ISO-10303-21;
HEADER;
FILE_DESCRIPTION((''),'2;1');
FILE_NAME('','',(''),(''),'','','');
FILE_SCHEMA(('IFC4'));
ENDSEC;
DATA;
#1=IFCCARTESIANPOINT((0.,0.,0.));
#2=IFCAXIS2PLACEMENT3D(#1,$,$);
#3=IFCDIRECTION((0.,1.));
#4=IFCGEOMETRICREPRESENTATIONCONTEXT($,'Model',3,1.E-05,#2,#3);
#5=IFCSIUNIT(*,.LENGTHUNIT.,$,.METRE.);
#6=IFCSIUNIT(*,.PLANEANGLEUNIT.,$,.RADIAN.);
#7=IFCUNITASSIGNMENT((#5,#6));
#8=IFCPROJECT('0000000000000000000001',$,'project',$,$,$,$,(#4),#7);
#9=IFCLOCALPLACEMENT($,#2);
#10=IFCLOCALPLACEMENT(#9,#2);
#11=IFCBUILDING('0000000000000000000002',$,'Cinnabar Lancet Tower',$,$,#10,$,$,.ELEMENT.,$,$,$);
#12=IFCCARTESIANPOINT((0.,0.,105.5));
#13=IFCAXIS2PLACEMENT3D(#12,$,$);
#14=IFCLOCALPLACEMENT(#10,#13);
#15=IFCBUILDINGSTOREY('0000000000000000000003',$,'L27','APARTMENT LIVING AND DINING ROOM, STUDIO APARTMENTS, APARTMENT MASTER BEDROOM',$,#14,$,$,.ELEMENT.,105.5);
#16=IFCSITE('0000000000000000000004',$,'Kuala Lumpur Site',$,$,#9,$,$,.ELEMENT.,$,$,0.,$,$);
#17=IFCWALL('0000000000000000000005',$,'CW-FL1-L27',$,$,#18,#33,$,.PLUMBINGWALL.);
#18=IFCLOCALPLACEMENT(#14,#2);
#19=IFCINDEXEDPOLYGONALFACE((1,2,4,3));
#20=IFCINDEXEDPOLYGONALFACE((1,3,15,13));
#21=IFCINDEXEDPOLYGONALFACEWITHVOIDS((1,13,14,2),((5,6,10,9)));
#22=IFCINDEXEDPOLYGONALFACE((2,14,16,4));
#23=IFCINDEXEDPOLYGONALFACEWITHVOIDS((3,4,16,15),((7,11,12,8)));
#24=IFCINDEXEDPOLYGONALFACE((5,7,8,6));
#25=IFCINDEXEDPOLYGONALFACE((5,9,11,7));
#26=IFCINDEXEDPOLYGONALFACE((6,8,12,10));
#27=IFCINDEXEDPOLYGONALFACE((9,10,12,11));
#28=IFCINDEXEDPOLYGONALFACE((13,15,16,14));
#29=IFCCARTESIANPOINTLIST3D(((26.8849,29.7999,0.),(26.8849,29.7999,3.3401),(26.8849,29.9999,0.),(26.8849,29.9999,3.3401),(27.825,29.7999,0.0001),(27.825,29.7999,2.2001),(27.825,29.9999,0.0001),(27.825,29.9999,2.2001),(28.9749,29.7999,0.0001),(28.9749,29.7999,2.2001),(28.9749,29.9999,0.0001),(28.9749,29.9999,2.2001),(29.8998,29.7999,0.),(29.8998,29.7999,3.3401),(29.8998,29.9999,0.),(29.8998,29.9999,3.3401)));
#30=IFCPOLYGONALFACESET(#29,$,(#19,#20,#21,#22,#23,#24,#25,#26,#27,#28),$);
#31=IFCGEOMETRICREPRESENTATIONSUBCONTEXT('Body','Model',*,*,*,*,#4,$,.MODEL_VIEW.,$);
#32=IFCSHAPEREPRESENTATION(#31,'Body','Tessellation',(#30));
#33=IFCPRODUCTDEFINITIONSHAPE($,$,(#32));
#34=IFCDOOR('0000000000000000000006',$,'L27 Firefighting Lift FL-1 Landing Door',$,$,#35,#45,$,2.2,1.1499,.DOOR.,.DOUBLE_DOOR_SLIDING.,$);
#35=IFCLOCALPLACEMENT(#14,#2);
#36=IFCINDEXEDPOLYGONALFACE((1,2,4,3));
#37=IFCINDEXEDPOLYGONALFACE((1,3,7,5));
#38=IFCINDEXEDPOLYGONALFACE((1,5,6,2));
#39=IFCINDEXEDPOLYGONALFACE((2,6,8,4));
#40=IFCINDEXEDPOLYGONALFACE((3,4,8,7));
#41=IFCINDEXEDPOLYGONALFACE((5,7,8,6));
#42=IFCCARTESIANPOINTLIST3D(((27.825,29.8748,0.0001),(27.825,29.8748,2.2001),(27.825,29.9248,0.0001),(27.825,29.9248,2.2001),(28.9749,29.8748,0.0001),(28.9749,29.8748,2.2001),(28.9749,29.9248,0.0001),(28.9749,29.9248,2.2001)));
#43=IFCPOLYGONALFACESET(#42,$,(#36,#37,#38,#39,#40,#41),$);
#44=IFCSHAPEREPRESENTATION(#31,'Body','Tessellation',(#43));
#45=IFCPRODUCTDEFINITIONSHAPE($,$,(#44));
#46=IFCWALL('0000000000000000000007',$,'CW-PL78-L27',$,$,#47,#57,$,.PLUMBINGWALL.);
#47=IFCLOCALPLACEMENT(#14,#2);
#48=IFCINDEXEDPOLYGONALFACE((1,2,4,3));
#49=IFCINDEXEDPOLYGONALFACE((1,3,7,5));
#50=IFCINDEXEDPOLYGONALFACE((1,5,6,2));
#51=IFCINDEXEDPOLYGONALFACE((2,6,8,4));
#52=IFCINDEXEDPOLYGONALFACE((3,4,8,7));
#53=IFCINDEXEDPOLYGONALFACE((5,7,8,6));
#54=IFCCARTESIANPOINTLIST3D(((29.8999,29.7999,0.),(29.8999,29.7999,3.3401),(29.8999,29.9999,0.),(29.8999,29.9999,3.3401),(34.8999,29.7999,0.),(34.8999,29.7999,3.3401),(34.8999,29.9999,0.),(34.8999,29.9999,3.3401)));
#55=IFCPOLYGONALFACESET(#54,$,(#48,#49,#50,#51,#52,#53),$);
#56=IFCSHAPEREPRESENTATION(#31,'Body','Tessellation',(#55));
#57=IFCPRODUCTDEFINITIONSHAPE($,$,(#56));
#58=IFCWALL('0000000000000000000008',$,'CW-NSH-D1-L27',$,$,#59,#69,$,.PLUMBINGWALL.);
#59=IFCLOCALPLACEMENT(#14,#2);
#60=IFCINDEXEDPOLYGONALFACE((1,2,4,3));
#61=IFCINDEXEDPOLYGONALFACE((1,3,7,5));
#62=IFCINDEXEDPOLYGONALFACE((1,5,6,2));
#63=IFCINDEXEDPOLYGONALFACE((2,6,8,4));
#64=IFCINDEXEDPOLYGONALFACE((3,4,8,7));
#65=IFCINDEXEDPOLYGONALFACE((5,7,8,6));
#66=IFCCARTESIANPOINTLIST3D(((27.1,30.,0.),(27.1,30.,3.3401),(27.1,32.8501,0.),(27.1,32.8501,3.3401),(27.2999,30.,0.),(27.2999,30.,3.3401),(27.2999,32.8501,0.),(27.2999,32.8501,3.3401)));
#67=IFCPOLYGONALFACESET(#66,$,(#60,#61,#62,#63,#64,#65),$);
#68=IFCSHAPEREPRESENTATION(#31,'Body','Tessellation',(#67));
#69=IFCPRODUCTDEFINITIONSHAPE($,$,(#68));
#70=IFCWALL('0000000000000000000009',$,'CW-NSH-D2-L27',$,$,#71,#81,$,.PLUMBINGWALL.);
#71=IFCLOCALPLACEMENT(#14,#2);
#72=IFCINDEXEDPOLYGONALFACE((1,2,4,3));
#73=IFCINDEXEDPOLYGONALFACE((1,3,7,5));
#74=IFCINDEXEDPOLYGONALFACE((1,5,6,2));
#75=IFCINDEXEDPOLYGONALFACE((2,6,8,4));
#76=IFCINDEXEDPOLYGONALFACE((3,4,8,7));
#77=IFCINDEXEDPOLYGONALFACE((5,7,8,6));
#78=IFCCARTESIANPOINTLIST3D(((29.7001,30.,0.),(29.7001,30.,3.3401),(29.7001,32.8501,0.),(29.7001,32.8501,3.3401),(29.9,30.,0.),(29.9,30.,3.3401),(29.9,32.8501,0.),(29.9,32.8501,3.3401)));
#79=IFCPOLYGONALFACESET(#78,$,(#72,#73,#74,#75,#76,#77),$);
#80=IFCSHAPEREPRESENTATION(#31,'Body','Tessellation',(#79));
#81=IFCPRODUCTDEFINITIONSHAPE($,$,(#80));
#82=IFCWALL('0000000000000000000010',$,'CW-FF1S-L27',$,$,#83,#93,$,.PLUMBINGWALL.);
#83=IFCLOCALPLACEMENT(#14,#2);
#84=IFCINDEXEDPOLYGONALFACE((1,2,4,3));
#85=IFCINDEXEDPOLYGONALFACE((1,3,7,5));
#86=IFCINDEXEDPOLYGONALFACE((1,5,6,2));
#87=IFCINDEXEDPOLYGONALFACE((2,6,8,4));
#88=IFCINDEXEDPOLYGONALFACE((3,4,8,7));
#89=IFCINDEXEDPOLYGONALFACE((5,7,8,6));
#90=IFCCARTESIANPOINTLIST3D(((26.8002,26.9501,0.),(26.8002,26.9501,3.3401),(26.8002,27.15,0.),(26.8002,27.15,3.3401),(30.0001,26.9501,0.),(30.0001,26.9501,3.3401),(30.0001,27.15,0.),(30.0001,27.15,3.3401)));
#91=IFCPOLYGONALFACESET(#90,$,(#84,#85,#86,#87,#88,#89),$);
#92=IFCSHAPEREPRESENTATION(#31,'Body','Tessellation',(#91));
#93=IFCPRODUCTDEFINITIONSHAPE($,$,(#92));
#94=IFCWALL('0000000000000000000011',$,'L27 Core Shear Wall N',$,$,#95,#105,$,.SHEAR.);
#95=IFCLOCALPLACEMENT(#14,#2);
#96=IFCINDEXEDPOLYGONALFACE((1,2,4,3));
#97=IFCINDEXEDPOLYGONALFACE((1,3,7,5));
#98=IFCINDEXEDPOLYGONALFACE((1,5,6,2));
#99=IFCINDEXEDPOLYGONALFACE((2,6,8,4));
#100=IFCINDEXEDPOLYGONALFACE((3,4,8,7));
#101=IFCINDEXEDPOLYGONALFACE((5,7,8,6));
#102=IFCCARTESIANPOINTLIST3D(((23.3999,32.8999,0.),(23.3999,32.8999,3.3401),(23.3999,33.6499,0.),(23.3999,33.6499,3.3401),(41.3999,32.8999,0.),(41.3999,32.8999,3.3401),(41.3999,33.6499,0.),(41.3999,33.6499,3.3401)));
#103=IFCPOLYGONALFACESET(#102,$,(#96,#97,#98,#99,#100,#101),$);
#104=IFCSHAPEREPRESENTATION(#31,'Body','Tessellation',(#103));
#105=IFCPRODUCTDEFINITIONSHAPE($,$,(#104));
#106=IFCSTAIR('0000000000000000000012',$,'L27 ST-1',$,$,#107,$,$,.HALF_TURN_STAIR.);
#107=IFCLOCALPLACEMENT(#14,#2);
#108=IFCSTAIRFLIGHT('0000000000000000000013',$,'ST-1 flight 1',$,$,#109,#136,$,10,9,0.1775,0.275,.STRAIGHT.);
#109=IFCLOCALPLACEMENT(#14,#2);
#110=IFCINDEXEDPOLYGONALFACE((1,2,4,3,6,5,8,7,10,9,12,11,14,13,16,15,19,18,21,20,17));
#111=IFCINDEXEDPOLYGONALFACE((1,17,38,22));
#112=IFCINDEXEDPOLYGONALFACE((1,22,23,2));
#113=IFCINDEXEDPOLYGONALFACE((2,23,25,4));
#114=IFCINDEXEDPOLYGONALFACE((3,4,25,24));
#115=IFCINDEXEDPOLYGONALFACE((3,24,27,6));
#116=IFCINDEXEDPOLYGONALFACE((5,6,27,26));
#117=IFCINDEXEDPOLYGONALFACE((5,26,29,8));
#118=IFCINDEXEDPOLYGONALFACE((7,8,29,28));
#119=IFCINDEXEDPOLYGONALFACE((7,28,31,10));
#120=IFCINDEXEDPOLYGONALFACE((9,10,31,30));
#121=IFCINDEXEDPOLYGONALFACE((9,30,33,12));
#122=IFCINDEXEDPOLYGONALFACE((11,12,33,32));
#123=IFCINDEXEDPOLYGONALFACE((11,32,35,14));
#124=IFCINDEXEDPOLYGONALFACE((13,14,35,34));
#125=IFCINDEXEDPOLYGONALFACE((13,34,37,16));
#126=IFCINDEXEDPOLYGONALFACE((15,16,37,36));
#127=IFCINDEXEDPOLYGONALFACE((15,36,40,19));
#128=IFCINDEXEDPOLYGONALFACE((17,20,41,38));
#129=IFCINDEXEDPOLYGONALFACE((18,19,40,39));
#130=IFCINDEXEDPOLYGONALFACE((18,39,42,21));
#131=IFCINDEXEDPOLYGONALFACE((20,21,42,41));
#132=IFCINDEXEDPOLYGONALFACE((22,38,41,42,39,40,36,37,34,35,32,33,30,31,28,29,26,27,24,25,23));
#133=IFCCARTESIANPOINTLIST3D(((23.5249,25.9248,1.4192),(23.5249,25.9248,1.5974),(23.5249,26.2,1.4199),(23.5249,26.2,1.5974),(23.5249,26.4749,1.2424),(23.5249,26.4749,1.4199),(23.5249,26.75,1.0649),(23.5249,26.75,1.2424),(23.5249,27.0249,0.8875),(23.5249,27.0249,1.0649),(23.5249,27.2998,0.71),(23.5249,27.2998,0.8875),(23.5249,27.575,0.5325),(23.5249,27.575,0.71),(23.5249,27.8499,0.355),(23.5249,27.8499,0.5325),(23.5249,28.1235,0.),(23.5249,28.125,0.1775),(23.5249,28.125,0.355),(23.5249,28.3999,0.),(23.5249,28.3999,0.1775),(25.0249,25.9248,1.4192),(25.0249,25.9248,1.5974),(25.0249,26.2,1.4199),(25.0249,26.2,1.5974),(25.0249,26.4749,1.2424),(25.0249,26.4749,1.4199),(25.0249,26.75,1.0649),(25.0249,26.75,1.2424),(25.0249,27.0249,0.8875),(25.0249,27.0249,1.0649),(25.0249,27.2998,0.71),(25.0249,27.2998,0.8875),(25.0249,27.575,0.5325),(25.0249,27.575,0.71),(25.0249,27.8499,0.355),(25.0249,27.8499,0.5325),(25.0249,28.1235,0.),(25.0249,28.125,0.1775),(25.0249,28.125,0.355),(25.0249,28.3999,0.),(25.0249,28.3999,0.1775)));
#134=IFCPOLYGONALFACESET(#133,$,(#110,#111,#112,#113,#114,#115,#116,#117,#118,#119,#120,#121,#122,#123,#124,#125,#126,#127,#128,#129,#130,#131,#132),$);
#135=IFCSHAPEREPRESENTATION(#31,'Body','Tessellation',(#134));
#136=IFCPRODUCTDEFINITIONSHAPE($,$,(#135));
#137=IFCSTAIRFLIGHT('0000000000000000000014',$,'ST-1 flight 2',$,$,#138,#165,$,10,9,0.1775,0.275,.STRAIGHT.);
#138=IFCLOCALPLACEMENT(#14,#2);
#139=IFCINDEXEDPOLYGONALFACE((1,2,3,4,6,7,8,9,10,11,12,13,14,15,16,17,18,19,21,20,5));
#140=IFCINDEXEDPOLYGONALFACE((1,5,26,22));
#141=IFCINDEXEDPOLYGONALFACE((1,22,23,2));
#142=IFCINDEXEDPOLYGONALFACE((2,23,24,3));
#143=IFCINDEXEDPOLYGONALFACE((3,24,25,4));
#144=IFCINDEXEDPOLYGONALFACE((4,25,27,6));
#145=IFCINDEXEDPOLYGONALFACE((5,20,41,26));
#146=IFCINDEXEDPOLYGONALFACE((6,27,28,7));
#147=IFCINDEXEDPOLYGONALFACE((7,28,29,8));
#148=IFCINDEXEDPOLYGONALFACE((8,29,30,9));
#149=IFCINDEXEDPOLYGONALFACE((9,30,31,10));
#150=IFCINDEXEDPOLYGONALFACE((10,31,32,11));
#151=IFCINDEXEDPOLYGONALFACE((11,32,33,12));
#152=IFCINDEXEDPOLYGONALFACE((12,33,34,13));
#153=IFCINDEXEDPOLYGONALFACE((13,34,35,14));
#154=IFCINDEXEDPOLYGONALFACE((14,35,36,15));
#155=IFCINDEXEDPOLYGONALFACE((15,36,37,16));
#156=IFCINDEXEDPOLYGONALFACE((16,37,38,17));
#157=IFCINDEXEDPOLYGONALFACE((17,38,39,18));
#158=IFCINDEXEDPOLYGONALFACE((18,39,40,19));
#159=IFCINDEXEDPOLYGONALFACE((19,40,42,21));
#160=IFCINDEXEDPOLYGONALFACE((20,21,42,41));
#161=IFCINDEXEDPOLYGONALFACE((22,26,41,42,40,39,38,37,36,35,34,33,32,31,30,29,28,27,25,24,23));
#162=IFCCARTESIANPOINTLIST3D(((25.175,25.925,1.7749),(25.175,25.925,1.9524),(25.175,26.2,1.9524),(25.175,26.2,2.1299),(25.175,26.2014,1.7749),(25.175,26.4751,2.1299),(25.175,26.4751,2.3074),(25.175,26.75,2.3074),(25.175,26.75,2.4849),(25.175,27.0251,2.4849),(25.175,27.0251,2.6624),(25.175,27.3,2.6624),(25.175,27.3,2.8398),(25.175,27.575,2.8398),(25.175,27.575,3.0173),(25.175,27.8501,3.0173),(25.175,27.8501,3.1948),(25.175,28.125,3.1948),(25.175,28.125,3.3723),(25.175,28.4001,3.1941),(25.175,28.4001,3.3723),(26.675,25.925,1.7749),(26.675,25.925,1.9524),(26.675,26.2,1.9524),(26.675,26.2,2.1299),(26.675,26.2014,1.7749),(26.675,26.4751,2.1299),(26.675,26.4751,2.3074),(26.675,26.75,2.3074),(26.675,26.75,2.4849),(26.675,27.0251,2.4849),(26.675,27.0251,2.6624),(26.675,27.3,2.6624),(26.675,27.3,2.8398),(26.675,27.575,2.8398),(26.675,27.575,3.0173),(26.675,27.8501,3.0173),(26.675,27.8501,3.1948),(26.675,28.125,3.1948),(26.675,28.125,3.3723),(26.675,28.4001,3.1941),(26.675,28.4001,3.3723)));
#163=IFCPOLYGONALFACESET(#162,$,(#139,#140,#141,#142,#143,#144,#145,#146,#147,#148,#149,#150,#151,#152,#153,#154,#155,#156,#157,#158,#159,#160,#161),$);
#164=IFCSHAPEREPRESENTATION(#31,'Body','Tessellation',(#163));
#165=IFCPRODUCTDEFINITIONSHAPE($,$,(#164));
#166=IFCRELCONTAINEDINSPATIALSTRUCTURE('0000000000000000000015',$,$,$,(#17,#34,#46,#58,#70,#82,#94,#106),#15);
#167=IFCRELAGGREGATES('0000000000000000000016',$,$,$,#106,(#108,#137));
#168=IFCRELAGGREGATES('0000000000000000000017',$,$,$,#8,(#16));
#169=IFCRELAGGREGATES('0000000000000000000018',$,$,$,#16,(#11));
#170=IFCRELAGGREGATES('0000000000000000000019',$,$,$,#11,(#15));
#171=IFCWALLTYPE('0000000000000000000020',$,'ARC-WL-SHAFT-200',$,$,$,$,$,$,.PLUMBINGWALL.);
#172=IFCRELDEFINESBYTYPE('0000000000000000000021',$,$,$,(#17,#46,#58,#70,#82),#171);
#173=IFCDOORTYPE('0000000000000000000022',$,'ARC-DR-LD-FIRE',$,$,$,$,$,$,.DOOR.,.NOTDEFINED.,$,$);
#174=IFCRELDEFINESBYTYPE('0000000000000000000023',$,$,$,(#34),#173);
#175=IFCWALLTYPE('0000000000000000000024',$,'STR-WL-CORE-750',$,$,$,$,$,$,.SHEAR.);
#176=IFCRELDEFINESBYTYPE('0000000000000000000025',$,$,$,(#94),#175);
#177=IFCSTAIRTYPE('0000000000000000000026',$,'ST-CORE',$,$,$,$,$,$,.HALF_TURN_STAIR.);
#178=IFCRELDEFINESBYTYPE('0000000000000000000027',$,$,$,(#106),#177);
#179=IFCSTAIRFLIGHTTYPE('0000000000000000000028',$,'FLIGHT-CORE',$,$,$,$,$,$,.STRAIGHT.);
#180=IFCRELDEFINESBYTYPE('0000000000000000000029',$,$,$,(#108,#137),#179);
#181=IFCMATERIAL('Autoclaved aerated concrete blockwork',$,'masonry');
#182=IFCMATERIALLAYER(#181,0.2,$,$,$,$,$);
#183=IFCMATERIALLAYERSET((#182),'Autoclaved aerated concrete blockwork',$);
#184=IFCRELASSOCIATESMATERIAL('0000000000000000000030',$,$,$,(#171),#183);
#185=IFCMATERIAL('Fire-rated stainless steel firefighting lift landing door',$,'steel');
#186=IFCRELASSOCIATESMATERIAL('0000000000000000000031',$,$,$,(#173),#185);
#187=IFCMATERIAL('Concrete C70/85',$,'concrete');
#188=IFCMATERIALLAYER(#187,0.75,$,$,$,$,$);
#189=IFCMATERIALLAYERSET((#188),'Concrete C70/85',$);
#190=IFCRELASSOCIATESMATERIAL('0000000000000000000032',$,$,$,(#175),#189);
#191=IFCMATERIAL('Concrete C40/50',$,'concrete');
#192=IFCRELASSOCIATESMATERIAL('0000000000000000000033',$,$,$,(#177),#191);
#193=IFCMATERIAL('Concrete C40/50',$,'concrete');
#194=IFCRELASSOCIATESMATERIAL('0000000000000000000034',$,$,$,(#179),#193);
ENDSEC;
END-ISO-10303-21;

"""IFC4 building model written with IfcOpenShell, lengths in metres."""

from ifc_helpers import new_model, si_unit, direction, frame, frame_2d, origin, place, context, subcontext, project, spatial, polyline, rectangle, outline, extrude, material, layer, layer_set, type_object, element, fill, aggregate, save


model = new_model("IFC4")

# Units and contexts
model_context = context("Model", 3, precision=1e-05, world=origin(), true_north=direction((0.0, 1.0)))
body_context = subcontext(model_context, "Body", "Model", "MODEL_VIEW")
ifc_project = project(units=[si_unit("LENGTHUNIT", "METRE"), si_unit("PLANEANGLEUNIT", "RADIAN")], contexts=[model_context])

# Site, building, storey
site_placement = place(None, origin())
site = spatial("IfcSite", under=ifc_project, at=site_placement, Name="Kuala Lumpur Site", CompositionType="ELEMENT", RefElevation=0.0)
building_placement = place(site_placement, origin())
building = spatial("IfcBuilding", under=site, at=building_placement, Name="Cinnabar Lancet Tower", CompositionType="ELEMENT")
storey_placement = place(building_placement, frame((0.0, 0.0, 105.5)))
storey = spatial("IfcBuildingStorey", under=building, at=storey_placement, Name="L27", Description="APARTMENT LIVING AND DINING ROOM, STUDIO APARTMENTS, APARTMENT MASTER BEDROOM", CompositionType="ELEMENT", Elevation=105.5)

# Wall, opening, door
ifc_material_1 = material(Name="Autoclaved aerated concrete blockwork", Category="masonry")
ifc_layer_1 = layer(ifc_material_1, 0.2)
ifc_layer_set_1 = layer_set([ifc_layer_1], Name="Autoclaved aerated concrete blockwork")
wall_type_1 = type_object("IfcWallType", Name="ARC-WL-SHAFT-200", PredefinedType="PLUMBINGWALL", material=ifc_layer_set_1)
wall_1_placement = place(storey_placement, frame((26.885, 29.8999, 0.0), z_axis=(0.0, 0.0, 1.0), x_axis=(1.0, 0.0, 0.0)))
wall_1 = element("IfcWall", 1, at=wall_1_placement, inside=storey, type_object=wall_type_1, Name="CW-FL1-L27", PredefinedType="PLUMBINGWALL", context=body_context, shape_type="SweptSolid", body=[
    extrude(rectangle(XDim=3.0149, YDim=0.2, at=frame_2d((1.5073, 0.0))), origin(), (0.0, 0.0, 1.0), 3.3401),
])
opening_1_placement = place(wall_1_placement, frame((0.9399, 0.0, 0.0)))
opening_1 = element("IfcOpeningElement", 2, at=opening_1_placement, cuts=wall_1, PredefinedType="OPENING", context=body_context, shape_type="SweptSolid", body=[
    extrude(rectangle(XDim=1.1499, YDim=2.2, at=frame_2d((0.575, 1.1001))), frame((0.0, 0.1099, 0.0), z_axis=(0.0, -1.0, 0.0), x_axis=(1.0, 0.0, 0.0)), (0.0, 0.0, 1.0), 0.22),
])
ifc_material_2 = material(Name="Fire-rated stainless steel firefighting lift landing door", Category="steel")
door_type_1 = type_object("IfcDoorType", Name="ARC-DR-LD-FIRE", OperationType="NOTDEFINED", PredefinedType="DOOR", material=ifc_material_2)
door_1_placement = place(opening_1_placement, origin())
door_1 = element("IfcDoor", 3, at=door_1_placement, inside=storey, type_object=door_type_1, Name="L27 Firefighting Lift FL-1 Landing Door", OperationType="DOUBLE_DOOR_SLIDING", OverallHeight=2.2, OverallWidth=1.1499, PredefinedType="DOOR", context=body_context, shape_type="SweptSolid", body=[
    extrude(rectangle(XDim=1.1499, YDim=2.2, at=frame_2d((0.575, 1.1001))), frame((0.0, 0.0249, 0.0), z_axis=(0.0, -1.0, 0.0), x_axis=(1.0, 0.0, 0.0)), (0.0, 0.0, 1.0), 0.05),
])
fill(opening_1, door_1)

# Walls
wall_2_placement = place(storey_placement, frame((29.8999, 29.8999, 0.0), z_axis=(0.0, 0.0, 1.0), x_axis=(1.0, 0.0, 0.0)))
element("IfcWall", 4, at=wall_2_placement, inside=storey, type_object=wall_type_1, Name="CW-PL78-L27", PredefinedType="PLUMBINGWALL", context=body_context, shape_type="SweptSolid", body=[
    extrude(rectangle(XDim=5.0, YDim=0.2, at=frame_2d((2.5, 0.0))), origin(), (0.0, 0.0, 1.0), 3.3401),
])
for number, where, z_axis, x_axis, name in (
    (5, (27.2, 30.0, 0.0), (0.0, 0.0, 1.0), (0.0, 1.0, 0.0), "CW-NSH-D1-L27"),
    (6, (29.8, 30.0, 0.0), (0.0, 0.0, 1.0), (0.0, 1.0, 0.0), "CW-NSH-D2-L27"),
):
    element("IfcWall", number, at=place(storey_placement, frame(where, z_axis=z_axis, x_axis=x_axis)), inside=storey, type_object=wall_type_1, Name=name, PredefinedType="PLUMBINGWALL", context=body_context, shape_type="SweptSolid", body=[
        extrude(rectangle(XDim=2.8501, YDim=0.2, at=frame_2d((1.425, 0.0))), origin(), (0.0, 0.0, 1.0), 3.3401),
    ])

# Walls
wall_3_placement = place(storey_placement, frame((26.8, 27.05, 0.0), z_axis=(0.0, 0.0, 1.0), x_axis=(1.0, 0.0, 0.0)))
element("IfcWall", 7, at=wall_3_placement, inside=storey, type_object=wall_type_1, Name="CW-FF1S-L27", PredefinedType="PLUMBINGWALL", context=body_context, shape_type="SweptSolid", body=[
    extrude(rectangle(XDim=3.2, YDim=0.2, at=frame_2d((1.6001, 0.0))), origin(), (0.0, 0.0, 1.0), 3.3401),
])
ifc_material_3 = material(Name="Concrete C70/85", Category="concrete")
ifc_layer_2 = layer(ifc_material_3, 0.75)
ifc_layer_set_2 = layer_set([ifc_layer_2], Name="Concrete C70/85")
wall_type_2 = type_object("IfcWallType", Name="STR-WL-CORE-750", PredefinedType="SHEAR", material=ifc_layer_set_2)
wall_4_placement = place(storey_placement, frame((23.3999, 33.2749, 0.0), z_axis=(0.0, 0.0, 1.0), x_axis=(1.0, 0.0, 0.0)))
element("IfcWall", 8, at=wall_4_placement, inside=storey, type_object=wall_type_2, Name="L27 Core Shear Wall N", PredefinedType="SHEAR", context=body_context, shape_type="SweptSolid", body=[
    extrude(rectangle(XDim=18.0, YDim=0.75, at=frame_2d((9.0, 0.0))), origin(), (0.0, 0.0, 1.0), 3.3401),
])

# Stair, stair flights
ifc_material_4 = material(Name="Concrete C40/50", Category="concrete")
stair_type = type_object("IfcStairType", Name="ST-CORE", PredefinedType="HALF_TURN_STAIR", material=ifc_material_4)
stair_placement = place(storey_placement, origin())
stair = element("IfcStair", 9, at=stair_placement, inside=storey, type_object=stair_type, Name="L27 ST-1", PredefinedType="HALF_TURN_STAIR")
ifc_material_5 = material(Name="Concrete C40/50", Category="concrete")
stair_flight_type = type_object("IfcStairFlightType", Name="FLIGHT-CORE", PredefinedType="STRAIGHT", material=ifc_material_5)
stair_flight_1_placement = place(storey_placement, frame((24.2749, 28.3999, 0.0), z_axis=(0.0, 0.0, 1.0), x_axis=(0.0, -1.0, 0.0)))
stair_flight_1 = element("IfcStairFlight", 10, at=stair_flight_1_placement, type_object=stair_flight_type, Name="ST-1 flight 1", NumberOfRisers=10, NumberOfTreads=9, PredefinedType="STRAIGHT", RiserHeight=0.1775, TreadLength=0.275, context=body_context, shape_type="SweptSolid", body=[
    extrude(outline(polyline([(0.0, 0.0), (0.0, 0.1775), (0.2749, 0.1775), (0.2749, 0.355), (0.55, 0.355), (0.55, 0.5325), (0.825, 0.5325), (0.825, 0.71), (1.1001, 0.71), (1.1001, 0.8875), (1.375, 0.8875), (1.375, 1.0649), (1.6499, 1.0649), (1.6499, 1.2424), (1.925, 1.2424), (1.925, 1.4199), (2.2, 1.4199), (2.2, 1.5974), (2.4751, 1.5974), (2.4751, 1.7749), (2.4751, 1.4192), (0.2764, 0.0), (0.0, 0.0)])), frame((0.0, 0.75, 0.0), z_axis=(0.0, -1.0, 0.0), x_axis=(1.0, 0.0, 0.0)), (0.0, 0.0, 1.0), 1.5),
])
stair_flight_2_placement = place(storey_placement, frame((25.925, 25.925, 1.7749), z_axis=(0.0, 0.0, 1.0), x_axis=(0.0, 1.0, 0.0)))
stair_flight_2 = element("IfcStairFlight", 11, at=stair_flight_2_placement, type_object=stair_flight_type, Name="ST-1 flight 2", NumberOfRisers=10, NumberOfTreads=9, PredefinedType="STRAIGHT", RiserHeight=0.1775, TreadLength=0.275, context=body_context, shape_type="SweptSolid", body=[
    extrude(outline(polyline([(0.0, 0.0), (0.0, 0.1775), (0.2749, 0.1775), (0.2749, 0.355), (0.55, 0.355), (0.55, 0.5325), (0.825, 0.5325), (0.825, 0.71), (1.1001, 0.71), (1.1001, 0.8875), (1.375, 0.8875), (1.375, 1.0649), (1.6499, 1.0649), (1.6499, 1.2424), (1.925, 1.2424), (1.925, 1.4199), (2.2, 1.4199), (2.2, 1.5974), (2.4751, 1.5974), (2.4751, 1.7749), (2.4751, 1.4192), (0.2764, 0.0), (0.0, 0.0)])), frame((0.0, 0.75, 0.0), z_axis=(0.0, -1.0, 0.0), x_axis=(1.0, 0.0, 0.0)), (0.0, 0.0, 1.0), 1.5),
])
aggregate(stair, [stair_flight_1, stair_flight_2])

save(model, "model.ifc")
